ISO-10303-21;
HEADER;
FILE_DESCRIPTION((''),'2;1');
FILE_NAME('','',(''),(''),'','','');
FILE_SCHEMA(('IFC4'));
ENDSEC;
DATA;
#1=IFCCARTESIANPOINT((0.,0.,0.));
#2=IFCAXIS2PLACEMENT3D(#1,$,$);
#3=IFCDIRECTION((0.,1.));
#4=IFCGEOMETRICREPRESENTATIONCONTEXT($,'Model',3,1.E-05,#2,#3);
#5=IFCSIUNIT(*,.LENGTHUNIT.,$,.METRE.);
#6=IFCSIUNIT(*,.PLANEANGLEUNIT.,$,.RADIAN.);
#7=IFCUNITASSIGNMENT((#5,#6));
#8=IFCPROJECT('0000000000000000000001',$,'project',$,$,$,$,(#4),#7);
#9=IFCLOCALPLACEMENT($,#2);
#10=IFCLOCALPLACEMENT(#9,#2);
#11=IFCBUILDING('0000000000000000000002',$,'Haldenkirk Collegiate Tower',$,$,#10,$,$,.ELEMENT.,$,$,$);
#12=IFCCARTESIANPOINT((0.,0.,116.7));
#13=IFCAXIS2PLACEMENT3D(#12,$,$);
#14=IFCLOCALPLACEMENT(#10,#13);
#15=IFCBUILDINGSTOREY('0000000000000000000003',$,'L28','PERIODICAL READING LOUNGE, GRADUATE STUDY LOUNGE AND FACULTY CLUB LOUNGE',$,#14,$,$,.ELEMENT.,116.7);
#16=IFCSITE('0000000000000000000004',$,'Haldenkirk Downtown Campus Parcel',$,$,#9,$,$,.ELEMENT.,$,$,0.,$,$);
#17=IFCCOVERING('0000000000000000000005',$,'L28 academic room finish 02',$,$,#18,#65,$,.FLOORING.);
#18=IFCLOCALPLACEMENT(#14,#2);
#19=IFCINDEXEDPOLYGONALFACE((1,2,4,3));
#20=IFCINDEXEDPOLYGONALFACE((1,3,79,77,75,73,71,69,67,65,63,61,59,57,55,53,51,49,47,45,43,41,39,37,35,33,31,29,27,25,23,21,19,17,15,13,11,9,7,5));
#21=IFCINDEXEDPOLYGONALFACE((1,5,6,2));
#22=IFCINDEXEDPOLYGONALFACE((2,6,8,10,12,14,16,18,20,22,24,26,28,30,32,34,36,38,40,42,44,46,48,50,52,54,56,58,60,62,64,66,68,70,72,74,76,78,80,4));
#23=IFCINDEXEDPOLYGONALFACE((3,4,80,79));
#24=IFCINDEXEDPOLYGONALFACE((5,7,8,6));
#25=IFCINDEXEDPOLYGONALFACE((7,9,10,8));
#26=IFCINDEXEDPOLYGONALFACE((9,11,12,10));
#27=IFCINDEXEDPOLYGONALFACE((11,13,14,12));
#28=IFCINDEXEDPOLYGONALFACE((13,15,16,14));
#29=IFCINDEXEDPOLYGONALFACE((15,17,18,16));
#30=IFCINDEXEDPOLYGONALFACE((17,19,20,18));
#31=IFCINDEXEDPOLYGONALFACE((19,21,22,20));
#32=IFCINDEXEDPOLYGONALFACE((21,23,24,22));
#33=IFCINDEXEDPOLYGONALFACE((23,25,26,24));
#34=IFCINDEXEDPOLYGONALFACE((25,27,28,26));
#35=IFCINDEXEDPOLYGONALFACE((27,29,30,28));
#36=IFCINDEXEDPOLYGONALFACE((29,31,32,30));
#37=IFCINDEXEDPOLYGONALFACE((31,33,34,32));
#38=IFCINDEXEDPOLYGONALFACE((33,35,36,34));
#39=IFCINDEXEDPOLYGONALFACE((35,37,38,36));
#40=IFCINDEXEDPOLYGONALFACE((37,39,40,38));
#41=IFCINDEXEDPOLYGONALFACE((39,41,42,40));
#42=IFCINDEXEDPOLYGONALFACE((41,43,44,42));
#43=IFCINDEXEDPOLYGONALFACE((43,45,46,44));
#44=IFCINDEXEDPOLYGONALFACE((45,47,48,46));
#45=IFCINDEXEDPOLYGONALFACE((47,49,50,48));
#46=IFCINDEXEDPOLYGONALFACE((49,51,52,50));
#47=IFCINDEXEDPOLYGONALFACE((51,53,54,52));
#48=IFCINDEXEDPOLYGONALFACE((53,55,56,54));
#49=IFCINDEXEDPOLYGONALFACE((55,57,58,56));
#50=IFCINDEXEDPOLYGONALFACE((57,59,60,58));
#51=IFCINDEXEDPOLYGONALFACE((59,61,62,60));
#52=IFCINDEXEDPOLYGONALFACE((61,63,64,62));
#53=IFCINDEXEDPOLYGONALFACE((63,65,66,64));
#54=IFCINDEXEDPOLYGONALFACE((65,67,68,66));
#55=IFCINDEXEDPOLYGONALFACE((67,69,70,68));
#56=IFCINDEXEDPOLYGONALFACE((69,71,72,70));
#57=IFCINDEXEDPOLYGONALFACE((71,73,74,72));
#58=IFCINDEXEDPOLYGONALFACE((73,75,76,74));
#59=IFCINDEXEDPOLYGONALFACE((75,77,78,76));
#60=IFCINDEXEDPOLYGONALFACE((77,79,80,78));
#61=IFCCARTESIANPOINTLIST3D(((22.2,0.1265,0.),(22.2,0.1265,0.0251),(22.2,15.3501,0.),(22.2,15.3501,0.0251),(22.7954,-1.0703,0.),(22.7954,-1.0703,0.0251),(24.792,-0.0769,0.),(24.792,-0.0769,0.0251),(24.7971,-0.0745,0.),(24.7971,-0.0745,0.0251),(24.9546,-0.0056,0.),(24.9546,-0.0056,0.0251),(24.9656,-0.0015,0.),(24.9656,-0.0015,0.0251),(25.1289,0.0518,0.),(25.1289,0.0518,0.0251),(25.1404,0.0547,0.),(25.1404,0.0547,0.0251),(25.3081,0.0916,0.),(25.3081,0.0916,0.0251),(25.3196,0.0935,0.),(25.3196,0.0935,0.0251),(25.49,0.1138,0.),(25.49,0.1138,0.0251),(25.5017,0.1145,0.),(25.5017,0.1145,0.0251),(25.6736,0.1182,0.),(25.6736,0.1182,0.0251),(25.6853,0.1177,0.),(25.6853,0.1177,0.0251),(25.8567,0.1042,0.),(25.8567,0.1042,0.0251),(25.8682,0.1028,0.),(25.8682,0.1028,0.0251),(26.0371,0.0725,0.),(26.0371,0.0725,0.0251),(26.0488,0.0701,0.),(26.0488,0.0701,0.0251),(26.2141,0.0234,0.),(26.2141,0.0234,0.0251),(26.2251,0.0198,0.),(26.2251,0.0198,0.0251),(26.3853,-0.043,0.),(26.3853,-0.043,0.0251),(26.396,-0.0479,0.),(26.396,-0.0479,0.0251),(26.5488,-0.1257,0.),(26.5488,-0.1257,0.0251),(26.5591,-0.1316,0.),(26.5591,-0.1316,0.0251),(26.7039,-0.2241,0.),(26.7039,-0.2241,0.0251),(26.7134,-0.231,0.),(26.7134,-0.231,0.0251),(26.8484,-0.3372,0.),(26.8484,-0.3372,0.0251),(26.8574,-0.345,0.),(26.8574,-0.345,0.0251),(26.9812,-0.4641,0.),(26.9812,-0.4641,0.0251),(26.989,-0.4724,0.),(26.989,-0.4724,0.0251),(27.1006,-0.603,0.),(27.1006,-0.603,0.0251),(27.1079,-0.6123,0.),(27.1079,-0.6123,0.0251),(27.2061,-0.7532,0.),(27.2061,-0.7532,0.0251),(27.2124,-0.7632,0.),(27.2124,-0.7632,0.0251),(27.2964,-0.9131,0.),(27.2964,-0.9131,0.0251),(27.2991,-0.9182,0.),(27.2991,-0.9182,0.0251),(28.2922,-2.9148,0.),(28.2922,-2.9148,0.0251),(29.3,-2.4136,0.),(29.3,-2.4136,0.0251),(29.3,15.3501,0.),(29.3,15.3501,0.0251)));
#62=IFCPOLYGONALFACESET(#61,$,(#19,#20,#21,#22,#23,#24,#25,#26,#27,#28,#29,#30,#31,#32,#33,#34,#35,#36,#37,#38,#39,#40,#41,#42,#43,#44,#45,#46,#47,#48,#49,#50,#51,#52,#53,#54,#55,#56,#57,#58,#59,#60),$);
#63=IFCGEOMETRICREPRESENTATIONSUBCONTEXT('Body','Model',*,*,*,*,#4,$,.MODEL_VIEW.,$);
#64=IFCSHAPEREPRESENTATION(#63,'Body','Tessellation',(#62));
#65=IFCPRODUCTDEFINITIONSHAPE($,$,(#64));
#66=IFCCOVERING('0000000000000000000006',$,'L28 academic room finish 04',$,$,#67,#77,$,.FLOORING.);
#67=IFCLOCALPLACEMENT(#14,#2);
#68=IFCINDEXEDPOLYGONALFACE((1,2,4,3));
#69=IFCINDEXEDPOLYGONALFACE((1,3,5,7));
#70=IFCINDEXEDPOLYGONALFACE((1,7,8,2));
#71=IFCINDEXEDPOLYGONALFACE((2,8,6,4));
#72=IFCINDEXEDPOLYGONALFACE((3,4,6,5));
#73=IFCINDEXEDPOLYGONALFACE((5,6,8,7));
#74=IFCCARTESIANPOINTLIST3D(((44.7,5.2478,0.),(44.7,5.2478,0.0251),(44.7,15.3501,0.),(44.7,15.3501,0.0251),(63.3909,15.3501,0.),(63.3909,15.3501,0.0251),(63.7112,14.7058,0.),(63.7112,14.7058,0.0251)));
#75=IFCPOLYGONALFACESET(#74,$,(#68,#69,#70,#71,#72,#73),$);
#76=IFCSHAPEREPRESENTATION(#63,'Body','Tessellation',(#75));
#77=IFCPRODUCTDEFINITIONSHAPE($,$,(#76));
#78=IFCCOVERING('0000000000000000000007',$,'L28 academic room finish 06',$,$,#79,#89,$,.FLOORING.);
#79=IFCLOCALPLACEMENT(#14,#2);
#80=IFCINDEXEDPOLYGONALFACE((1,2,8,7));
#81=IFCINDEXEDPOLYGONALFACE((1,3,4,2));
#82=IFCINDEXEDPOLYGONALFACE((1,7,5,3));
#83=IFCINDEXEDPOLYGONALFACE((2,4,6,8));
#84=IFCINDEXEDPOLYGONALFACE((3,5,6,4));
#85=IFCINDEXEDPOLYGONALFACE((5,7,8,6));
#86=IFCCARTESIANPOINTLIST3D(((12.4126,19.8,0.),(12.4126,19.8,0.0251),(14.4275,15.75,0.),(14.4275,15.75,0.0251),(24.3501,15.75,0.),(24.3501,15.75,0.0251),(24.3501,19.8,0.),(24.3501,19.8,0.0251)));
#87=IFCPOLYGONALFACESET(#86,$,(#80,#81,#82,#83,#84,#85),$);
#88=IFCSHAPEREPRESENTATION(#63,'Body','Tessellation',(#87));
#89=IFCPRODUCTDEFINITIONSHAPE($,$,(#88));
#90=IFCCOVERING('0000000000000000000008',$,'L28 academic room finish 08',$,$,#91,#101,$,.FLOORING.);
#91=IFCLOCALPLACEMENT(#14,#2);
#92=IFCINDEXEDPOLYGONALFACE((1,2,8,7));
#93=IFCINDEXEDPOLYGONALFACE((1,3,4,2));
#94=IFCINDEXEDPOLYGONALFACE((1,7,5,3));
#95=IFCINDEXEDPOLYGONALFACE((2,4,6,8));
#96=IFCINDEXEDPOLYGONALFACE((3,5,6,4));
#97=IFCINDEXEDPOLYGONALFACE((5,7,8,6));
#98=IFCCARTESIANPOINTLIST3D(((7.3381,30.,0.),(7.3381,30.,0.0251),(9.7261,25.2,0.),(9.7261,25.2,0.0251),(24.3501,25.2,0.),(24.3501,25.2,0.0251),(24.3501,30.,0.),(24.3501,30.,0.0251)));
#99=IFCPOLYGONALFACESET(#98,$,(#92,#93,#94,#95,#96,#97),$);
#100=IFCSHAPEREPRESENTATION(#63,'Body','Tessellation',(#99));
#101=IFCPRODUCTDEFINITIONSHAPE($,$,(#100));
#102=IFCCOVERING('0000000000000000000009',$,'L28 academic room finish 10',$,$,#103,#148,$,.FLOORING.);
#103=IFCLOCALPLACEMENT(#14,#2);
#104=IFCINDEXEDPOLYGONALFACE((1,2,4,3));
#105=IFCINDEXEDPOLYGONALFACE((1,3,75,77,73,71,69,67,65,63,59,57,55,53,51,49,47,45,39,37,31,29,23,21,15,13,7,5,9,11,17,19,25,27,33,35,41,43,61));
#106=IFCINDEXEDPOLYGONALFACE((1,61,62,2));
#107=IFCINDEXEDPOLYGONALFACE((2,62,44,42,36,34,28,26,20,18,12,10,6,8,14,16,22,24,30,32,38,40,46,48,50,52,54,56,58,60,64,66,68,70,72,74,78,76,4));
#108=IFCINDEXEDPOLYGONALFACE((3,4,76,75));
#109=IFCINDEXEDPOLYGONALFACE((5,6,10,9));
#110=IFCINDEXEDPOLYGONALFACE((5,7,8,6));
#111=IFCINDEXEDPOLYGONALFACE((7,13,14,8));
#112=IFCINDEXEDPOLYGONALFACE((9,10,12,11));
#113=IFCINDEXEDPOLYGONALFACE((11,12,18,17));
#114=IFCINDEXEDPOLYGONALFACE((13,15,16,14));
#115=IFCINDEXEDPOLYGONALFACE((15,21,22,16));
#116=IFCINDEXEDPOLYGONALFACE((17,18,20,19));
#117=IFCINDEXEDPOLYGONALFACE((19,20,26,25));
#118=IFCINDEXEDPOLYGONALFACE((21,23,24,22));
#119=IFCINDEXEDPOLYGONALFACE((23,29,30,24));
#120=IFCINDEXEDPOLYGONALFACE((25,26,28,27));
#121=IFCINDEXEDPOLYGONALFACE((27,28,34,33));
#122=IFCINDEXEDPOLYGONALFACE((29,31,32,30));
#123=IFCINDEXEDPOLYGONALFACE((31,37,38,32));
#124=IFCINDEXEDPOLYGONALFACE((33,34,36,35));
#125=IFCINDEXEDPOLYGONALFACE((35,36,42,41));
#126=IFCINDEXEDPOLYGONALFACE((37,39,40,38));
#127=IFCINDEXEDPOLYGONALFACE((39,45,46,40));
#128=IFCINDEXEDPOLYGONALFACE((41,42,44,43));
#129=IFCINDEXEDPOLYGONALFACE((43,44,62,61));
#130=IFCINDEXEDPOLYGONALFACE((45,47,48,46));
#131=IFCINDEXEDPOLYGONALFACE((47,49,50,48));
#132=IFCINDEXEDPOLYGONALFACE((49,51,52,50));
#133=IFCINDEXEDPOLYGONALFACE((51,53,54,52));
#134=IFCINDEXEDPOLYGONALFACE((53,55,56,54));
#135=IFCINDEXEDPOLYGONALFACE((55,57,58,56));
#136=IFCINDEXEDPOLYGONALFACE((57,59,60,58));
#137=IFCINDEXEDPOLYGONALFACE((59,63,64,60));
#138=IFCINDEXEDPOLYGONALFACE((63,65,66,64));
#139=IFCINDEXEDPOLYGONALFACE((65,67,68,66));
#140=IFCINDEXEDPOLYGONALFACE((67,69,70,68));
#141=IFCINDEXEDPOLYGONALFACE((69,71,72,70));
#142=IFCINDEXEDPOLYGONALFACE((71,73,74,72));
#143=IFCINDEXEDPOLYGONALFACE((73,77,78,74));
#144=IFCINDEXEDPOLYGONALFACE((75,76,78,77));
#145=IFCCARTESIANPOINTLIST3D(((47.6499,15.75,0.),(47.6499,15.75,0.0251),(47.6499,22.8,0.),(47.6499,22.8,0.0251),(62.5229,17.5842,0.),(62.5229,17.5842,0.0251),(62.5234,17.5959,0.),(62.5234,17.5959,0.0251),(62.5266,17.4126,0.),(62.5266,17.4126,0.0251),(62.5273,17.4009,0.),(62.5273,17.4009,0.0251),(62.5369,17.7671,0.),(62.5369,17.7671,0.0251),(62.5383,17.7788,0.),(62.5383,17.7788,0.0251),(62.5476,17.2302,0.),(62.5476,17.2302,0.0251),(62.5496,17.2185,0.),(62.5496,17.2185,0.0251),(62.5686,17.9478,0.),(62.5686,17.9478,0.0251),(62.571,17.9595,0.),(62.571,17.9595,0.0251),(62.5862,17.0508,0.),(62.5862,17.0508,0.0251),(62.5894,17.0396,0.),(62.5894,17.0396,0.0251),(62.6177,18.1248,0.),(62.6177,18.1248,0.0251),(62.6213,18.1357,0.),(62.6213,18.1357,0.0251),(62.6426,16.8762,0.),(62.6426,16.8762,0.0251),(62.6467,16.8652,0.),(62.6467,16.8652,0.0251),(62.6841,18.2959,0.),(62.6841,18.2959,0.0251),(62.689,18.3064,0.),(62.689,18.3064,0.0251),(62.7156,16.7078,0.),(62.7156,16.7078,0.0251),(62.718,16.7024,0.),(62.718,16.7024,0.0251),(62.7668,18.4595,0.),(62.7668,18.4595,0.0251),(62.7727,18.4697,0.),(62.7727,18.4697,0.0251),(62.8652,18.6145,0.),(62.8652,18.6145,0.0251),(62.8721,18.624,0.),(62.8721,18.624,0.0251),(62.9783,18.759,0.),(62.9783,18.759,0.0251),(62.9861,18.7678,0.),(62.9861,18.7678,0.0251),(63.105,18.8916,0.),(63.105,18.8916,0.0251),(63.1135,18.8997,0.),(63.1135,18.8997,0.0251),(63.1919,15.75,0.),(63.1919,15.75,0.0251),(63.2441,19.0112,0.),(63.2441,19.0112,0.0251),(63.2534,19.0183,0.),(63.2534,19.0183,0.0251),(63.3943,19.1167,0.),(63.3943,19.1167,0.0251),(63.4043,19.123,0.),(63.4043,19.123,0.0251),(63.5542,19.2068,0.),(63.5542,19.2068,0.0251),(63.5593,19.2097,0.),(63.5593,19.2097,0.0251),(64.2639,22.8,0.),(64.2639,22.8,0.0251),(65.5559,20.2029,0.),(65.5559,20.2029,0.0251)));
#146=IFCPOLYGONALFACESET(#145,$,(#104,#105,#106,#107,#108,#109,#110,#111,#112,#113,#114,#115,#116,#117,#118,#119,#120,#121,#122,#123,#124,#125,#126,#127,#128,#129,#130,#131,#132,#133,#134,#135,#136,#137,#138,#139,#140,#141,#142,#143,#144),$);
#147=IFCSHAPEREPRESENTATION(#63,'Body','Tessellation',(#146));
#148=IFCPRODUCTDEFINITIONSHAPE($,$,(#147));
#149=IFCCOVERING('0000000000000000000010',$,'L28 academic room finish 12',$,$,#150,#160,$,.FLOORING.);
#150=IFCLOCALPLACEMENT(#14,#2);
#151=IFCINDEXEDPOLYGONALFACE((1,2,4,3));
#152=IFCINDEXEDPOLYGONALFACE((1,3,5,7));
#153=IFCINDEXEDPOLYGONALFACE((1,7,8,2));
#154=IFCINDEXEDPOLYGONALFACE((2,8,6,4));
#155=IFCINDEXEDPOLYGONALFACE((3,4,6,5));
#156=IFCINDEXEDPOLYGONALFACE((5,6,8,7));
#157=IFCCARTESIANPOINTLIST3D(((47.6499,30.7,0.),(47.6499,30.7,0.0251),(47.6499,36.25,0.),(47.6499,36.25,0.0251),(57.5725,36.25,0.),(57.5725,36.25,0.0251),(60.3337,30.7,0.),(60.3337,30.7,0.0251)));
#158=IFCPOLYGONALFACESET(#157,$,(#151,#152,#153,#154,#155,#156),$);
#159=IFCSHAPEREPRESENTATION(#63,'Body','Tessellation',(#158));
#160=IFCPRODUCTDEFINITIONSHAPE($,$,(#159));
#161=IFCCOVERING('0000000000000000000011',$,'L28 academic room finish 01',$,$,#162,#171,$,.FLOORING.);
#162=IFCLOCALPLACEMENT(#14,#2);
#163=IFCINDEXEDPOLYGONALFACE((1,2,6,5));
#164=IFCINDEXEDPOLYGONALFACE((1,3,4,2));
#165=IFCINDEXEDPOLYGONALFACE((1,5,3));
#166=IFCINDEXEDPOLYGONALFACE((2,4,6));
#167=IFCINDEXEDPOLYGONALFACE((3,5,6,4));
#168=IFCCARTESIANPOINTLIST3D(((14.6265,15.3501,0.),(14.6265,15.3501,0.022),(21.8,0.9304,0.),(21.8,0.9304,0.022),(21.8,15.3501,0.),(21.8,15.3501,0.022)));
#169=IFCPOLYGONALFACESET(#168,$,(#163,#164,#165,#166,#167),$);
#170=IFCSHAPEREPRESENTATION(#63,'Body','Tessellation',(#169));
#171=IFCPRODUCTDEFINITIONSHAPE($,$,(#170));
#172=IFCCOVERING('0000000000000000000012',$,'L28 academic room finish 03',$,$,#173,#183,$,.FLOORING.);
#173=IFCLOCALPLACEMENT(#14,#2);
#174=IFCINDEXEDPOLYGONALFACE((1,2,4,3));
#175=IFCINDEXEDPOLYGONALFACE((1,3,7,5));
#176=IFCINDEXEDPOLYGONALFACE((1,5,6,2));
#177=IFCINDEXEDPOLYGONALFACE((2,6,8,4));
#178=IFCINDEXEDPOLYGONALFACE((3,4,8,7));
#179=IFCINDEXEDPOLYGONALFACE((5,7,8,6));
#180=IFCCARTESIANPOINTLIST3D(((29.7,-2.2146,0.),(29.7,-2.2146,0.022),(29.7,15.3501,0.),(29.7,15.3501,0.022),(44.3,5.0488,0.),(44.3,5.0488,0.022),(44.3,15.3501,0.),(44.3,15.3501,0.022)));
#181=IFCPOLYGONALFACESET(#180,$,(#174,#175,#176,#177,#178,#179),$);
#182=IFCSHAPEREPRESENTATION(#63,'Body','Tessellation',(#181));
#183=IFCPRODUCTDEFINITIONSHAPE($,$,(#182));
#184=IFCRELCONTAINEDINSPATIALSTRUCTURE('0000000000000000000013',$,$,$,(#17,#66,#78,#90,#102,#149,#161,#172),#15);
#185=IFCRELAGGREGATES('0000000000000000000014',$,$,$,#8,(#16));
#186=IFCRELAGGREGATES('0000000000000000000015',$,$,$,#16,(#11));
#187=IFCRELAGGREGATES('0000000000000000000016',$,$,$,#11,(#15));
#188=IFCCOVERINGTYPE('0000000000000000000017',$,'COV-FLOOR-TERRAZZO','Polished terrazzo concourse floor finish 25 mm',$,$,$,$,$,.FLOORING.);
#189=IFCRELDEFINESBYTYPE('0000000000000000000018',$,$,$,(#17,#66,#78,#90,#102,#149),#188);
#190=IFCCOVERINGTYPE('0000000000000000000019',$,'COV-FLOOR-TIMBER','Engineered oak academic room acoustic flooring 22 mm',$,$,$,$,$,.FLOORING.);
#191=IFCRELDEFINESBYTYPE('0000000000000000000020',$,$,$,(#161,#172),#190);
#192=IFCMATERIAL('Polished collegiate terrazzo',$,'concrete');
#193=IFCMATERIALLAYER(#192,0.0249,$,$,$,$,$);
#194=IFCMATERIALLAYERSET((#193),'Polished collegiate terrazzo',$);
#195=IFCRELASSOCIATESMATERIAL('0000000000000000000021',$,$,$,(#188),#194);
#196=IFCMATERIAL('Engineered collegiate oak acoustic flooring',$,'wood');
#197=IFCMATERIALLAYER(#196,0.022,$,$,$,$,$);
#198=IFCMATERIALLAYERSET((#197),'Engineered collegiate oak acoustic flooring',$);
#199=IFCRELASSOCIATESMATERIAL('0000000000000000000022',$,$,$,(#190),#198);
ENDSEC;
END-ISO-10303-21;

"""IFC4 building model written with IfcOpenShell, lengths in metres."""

from ifc_helpers import new_model, si_unit, direction, frame, origin, place, context, subcontext, project, spatial, polyline, outline, extrude, material, layer, layer_set, type_object, element, save


model = new_model("IFC4")

# Units and contexts
model_context = context("Model", 3, precision=1e-05, world=origin(), true_north=direction((0.0, 1.0)))
body_context = subcontext(model_context, "Body", "Model", "MODEL_VIEW")
ifc_project = project(units=[si_unit("LENGTHUNIT", "METRE"), si_unit("PLANEANGLEUNIT", "RADIAN")], contexts=[model_context])

# Site, building, storey
site_placement = place(None, origin())
site = spatial("IfcSite", under=ifc_project, at=site_placement, Name="Haldenkirk Downtown Campus Parcel", CompositionType="ELEMENT", RefElevation=0.0)
building_placement = place(site_placement, origin())
building = spatial("IfcBuilding", under=site, at=building_placement, Name="Haldenkirk Collegiate Tower", CompositionType="ELEMENT")
storey_placement = place(building_placement, frame((0.0, 0.0, 116.7)))
storey = spatial("IfcBuildingStorey", under=building, at=storey_placement, Name="L28", Description="PERIODICAL READING LOUNGE, GRADUATE STUDY LOUNGE AND FACULTY CLUB LOUNGE", CompositionType="ELEMENT", Elevation=116.7)

# Coverings
ifc_material_1 = material(Name="Polished collegiate terrazzo", Category="concrete")
ifc_layer_1 = layer(ifc_material_1, 0.0249)
ifc_layer_set_1 = layer_set([ifc_layer_1], Name="Polished collegiate terrazzo")
covering_type_1 = type_object("IfcCoveringType", Name="COV-FLOOR-TERRAZZO", Description="Polished terrazzo concourse floor finish 25 mm", PredefinedType="FLOORING", material=ifc_layer_set_1)
covering_1_placement = place(storey_placement, origin())
element("IfcCovering", 1, at=covering_1_placement, inside=storey, type_object=covering_type_1, Name="L28 academic room finish 02", PredefinedType="FLOORING", context=body_context, shape_type="SweptSolid", body=[
    extrude(outline(polyline([(26.8574, -0.345), (26.8484, -0.3372), (26.7134, -0.231), (26.7039, -0.2241), (26.5591, -0.1316), (26.5488, -0.1257), (26.396, -0.0479), (26.3853, -0.043), (26.2251, 0.0198), (26.2141, 0.0234), (26.0488, 0.0701), (26.0371, 0.0725), (25.8682, 0.1028), (25.8567, 0.1042), (25.6853, 0.1177), (25.6736, 0.1182), (25.5017, 0.1145), (25.49, 0.1138), (25.3196, 0.0935), (25.3081, 0.0916), (25.1404, 0.0547), (25.1289, 0.0518), (24.9656, -0.0015), (24.9546, -0.0056), (24.7971, -0.0745), (24.792, -0.0769), (22.7954, -1.0703), (22.2, 0.1265), (22.2, 15.3501), (29.3, 15.3501), (29.3, -2.4136), (28.2922, -2.9148), (27.2991, -0.9182), (27.2964, -0.9131), (27.2124, -0.7632), (27.2061, -0.7532), (27.1079, -0.6123), (27.1006, -0.603), (26.989, -0.4724), (26.9812, -0.4641), (26.8574, -0.345)])), origin(), (0.0, 0.0, 1.0), 0.0251),
])
covering_2_placement = place(storey_placement, origin())
element("IfcCovering", 2, at=covering_2_placement, inside=storey, type_object=covering_type_1, Name="L28 academic room finish 04", PredefinedType="FLOORING", context=body_context, shape_type="SweptSolid", body=[
    extrude(outline(polyline([(63.7112, 14.7058), (44.7, 5.2478), (44.7, 15.3501), (63.3909, 15.3501), (63.7112, 14.7058)])), origin(), (0.0, 0.0, 1.0), 0.0251),
])
covering_3_placement = place(storey_placement, origin())
element("IfcCovering", 3, at=covering_3_placement, inside=storey, type_object=covering_type_1, Name="L28 academic room finish 06", PredefinedType="FLOORING", context=body_context, shape_type="SweptSolid", body=[
    extrude(outline(polyline([(12.4126, 19.8), (24.3501, 19.8), (24.3501, 15.75), (14.4275, 15.75), (12.4126, 19.8)])), origin(), (0.0, 0.0, 1.0), 0.0251),
])
covering_4_placement = place(storey_placement, origin())
element("IfcCovering", 4, at=covering_4_placement, inside=storey, type_object=covering_type_1, Name="L28 academic room finish 08", PredefinedType="FLOORING", context=body_context, shape_type="SweptSolid", body=[
    extrude(outline(polyline([(7.3381, 30.0), (24.3501, 30.0), (24.3501, 25.2), (9.7261, 25.2), (7.3381, 30.0)])), origin(), (0.0, 0.0, 1.0), 0.0251),
])
covering_5_placement = place(storey_placement, origin())
element("IfcCovering", 5, at=covering_5_placement, inside=storey, type_object=covering_type_1, Name="L28 academic room finish 10", PredefinedType="FLOORING", context=body_context, shape_type="SweptSolid", body=[
    extrude(outline(polyline([(63.5593, 19.2097), (63.5542, 19.2068), (63.4043, 19.123), (63.3943, 19.1167), (63.2534, 19.0183), (63.2441, 19.0112), (63.1135, 18.8997), (63.105, 18.8916), (62.9861, 18.7678), (62.9783, 18.759), (62.8721, 18.624), (62.8652, 18.6145), (62.7727, 18.4697), (62.7668, 18.4595), (62.689, 18.3064), (62.6841, 18.2959), (62.6213, 18.1357), (62.6177, 18.1248), (62.571, 17.9595), (62.5686, 17.9478), (62.5383, 17.7788), (62.5369, 17.7671), (62.5234, 17.5959), (62.5229, 17.5842), (62.5266, 17.4126), (62.5273, 17.4009), (62.5476, 17.2302), (62.5496, 17.2185), (62.5862, 17.0508), (62.5894, 17.0396), (62.6426, 16.8762), (62.6467, 16.8652), (62.7156, 16.7078), (62.718, 16.7024), (63.1919, 15.75), (47.6499, 15.75), (47.6499, 22.8), (64.2639, 22.8), (65.5559, 20.2029), (63.5593, 19.2097)])), origin(), (0.0, 0.0, 1.0), 0.0251),
])
covering_6_placement = place(storey_placement, origin())
element("IfcCovering", 6, at=covering_6_placement, inside=storey, type_object=covering_type_1, Name="L28 academic room finish 12", PredefinedType="FLOORING", context=body_context, shape_type="SweptSolid", body=[
    extrude(outline(polyline([(60.3337, 30.7), (47.6499, 30.7), (47.6499, 36.25), (57.5725, 36.25), (60.3337, 30.7)])), origin(), (0.0, 0.0, 1.0), 0.0251),
])
ifc_material_2 = material(Name="Engineered collegiate oak acoustic flooring", Category="wood")
ifc_layer_2 = layer(ifc_material_2, 0.022)
ifc_layer_set_2 = layer_set([ifc_layer_2], Name="Engineered collegiate oak acoustic flooring")
covering_type_2 = type_object("IfcCoveringType", Name="COV-FLOOR-TIMBER", Description="Engineered oak academic room acoustic flooring 22 mm", PredefinedType="FLOORING", material=ifc_layer_set_2)
covering_7_placement = place(storey_placement, origin())
element("IfcCovering", 7, at=covering_7_placement, inside=storey, type_object=covering_type_2, Name="L28 academic room finish 01", PredefinedType="FLOORING", context=body_context, shape_type="SweptSolid", body=[
    extrude(outline(polyline([(14.6265, 15.3501), (21.8, 15.3501), (21.8, 0.9304), (14.6265, 15.3501)])), origin(), (0.0, 0.0, 1.0), 0.022),
])
covering_8_placement = place(storey_placement, origin())
element("IfcCovering", 8, at=covering_8_placement, inside=storey, type_object=covering_type_2, Name="L28 academic room finish 03", PredefinedType="FLOORING", context=body_context, shape_type="SweptSolid", body=[
    extrude(outline(polyline([(29.7, -2.2146), (29.7, 15.3501), (44.3, 15.3501), (44.3, 5.0488), (29.7, -2.2146)])), origin(), (0.0, 0.0, 1.0), 0.022),
])

save(model, "model.ifc")
